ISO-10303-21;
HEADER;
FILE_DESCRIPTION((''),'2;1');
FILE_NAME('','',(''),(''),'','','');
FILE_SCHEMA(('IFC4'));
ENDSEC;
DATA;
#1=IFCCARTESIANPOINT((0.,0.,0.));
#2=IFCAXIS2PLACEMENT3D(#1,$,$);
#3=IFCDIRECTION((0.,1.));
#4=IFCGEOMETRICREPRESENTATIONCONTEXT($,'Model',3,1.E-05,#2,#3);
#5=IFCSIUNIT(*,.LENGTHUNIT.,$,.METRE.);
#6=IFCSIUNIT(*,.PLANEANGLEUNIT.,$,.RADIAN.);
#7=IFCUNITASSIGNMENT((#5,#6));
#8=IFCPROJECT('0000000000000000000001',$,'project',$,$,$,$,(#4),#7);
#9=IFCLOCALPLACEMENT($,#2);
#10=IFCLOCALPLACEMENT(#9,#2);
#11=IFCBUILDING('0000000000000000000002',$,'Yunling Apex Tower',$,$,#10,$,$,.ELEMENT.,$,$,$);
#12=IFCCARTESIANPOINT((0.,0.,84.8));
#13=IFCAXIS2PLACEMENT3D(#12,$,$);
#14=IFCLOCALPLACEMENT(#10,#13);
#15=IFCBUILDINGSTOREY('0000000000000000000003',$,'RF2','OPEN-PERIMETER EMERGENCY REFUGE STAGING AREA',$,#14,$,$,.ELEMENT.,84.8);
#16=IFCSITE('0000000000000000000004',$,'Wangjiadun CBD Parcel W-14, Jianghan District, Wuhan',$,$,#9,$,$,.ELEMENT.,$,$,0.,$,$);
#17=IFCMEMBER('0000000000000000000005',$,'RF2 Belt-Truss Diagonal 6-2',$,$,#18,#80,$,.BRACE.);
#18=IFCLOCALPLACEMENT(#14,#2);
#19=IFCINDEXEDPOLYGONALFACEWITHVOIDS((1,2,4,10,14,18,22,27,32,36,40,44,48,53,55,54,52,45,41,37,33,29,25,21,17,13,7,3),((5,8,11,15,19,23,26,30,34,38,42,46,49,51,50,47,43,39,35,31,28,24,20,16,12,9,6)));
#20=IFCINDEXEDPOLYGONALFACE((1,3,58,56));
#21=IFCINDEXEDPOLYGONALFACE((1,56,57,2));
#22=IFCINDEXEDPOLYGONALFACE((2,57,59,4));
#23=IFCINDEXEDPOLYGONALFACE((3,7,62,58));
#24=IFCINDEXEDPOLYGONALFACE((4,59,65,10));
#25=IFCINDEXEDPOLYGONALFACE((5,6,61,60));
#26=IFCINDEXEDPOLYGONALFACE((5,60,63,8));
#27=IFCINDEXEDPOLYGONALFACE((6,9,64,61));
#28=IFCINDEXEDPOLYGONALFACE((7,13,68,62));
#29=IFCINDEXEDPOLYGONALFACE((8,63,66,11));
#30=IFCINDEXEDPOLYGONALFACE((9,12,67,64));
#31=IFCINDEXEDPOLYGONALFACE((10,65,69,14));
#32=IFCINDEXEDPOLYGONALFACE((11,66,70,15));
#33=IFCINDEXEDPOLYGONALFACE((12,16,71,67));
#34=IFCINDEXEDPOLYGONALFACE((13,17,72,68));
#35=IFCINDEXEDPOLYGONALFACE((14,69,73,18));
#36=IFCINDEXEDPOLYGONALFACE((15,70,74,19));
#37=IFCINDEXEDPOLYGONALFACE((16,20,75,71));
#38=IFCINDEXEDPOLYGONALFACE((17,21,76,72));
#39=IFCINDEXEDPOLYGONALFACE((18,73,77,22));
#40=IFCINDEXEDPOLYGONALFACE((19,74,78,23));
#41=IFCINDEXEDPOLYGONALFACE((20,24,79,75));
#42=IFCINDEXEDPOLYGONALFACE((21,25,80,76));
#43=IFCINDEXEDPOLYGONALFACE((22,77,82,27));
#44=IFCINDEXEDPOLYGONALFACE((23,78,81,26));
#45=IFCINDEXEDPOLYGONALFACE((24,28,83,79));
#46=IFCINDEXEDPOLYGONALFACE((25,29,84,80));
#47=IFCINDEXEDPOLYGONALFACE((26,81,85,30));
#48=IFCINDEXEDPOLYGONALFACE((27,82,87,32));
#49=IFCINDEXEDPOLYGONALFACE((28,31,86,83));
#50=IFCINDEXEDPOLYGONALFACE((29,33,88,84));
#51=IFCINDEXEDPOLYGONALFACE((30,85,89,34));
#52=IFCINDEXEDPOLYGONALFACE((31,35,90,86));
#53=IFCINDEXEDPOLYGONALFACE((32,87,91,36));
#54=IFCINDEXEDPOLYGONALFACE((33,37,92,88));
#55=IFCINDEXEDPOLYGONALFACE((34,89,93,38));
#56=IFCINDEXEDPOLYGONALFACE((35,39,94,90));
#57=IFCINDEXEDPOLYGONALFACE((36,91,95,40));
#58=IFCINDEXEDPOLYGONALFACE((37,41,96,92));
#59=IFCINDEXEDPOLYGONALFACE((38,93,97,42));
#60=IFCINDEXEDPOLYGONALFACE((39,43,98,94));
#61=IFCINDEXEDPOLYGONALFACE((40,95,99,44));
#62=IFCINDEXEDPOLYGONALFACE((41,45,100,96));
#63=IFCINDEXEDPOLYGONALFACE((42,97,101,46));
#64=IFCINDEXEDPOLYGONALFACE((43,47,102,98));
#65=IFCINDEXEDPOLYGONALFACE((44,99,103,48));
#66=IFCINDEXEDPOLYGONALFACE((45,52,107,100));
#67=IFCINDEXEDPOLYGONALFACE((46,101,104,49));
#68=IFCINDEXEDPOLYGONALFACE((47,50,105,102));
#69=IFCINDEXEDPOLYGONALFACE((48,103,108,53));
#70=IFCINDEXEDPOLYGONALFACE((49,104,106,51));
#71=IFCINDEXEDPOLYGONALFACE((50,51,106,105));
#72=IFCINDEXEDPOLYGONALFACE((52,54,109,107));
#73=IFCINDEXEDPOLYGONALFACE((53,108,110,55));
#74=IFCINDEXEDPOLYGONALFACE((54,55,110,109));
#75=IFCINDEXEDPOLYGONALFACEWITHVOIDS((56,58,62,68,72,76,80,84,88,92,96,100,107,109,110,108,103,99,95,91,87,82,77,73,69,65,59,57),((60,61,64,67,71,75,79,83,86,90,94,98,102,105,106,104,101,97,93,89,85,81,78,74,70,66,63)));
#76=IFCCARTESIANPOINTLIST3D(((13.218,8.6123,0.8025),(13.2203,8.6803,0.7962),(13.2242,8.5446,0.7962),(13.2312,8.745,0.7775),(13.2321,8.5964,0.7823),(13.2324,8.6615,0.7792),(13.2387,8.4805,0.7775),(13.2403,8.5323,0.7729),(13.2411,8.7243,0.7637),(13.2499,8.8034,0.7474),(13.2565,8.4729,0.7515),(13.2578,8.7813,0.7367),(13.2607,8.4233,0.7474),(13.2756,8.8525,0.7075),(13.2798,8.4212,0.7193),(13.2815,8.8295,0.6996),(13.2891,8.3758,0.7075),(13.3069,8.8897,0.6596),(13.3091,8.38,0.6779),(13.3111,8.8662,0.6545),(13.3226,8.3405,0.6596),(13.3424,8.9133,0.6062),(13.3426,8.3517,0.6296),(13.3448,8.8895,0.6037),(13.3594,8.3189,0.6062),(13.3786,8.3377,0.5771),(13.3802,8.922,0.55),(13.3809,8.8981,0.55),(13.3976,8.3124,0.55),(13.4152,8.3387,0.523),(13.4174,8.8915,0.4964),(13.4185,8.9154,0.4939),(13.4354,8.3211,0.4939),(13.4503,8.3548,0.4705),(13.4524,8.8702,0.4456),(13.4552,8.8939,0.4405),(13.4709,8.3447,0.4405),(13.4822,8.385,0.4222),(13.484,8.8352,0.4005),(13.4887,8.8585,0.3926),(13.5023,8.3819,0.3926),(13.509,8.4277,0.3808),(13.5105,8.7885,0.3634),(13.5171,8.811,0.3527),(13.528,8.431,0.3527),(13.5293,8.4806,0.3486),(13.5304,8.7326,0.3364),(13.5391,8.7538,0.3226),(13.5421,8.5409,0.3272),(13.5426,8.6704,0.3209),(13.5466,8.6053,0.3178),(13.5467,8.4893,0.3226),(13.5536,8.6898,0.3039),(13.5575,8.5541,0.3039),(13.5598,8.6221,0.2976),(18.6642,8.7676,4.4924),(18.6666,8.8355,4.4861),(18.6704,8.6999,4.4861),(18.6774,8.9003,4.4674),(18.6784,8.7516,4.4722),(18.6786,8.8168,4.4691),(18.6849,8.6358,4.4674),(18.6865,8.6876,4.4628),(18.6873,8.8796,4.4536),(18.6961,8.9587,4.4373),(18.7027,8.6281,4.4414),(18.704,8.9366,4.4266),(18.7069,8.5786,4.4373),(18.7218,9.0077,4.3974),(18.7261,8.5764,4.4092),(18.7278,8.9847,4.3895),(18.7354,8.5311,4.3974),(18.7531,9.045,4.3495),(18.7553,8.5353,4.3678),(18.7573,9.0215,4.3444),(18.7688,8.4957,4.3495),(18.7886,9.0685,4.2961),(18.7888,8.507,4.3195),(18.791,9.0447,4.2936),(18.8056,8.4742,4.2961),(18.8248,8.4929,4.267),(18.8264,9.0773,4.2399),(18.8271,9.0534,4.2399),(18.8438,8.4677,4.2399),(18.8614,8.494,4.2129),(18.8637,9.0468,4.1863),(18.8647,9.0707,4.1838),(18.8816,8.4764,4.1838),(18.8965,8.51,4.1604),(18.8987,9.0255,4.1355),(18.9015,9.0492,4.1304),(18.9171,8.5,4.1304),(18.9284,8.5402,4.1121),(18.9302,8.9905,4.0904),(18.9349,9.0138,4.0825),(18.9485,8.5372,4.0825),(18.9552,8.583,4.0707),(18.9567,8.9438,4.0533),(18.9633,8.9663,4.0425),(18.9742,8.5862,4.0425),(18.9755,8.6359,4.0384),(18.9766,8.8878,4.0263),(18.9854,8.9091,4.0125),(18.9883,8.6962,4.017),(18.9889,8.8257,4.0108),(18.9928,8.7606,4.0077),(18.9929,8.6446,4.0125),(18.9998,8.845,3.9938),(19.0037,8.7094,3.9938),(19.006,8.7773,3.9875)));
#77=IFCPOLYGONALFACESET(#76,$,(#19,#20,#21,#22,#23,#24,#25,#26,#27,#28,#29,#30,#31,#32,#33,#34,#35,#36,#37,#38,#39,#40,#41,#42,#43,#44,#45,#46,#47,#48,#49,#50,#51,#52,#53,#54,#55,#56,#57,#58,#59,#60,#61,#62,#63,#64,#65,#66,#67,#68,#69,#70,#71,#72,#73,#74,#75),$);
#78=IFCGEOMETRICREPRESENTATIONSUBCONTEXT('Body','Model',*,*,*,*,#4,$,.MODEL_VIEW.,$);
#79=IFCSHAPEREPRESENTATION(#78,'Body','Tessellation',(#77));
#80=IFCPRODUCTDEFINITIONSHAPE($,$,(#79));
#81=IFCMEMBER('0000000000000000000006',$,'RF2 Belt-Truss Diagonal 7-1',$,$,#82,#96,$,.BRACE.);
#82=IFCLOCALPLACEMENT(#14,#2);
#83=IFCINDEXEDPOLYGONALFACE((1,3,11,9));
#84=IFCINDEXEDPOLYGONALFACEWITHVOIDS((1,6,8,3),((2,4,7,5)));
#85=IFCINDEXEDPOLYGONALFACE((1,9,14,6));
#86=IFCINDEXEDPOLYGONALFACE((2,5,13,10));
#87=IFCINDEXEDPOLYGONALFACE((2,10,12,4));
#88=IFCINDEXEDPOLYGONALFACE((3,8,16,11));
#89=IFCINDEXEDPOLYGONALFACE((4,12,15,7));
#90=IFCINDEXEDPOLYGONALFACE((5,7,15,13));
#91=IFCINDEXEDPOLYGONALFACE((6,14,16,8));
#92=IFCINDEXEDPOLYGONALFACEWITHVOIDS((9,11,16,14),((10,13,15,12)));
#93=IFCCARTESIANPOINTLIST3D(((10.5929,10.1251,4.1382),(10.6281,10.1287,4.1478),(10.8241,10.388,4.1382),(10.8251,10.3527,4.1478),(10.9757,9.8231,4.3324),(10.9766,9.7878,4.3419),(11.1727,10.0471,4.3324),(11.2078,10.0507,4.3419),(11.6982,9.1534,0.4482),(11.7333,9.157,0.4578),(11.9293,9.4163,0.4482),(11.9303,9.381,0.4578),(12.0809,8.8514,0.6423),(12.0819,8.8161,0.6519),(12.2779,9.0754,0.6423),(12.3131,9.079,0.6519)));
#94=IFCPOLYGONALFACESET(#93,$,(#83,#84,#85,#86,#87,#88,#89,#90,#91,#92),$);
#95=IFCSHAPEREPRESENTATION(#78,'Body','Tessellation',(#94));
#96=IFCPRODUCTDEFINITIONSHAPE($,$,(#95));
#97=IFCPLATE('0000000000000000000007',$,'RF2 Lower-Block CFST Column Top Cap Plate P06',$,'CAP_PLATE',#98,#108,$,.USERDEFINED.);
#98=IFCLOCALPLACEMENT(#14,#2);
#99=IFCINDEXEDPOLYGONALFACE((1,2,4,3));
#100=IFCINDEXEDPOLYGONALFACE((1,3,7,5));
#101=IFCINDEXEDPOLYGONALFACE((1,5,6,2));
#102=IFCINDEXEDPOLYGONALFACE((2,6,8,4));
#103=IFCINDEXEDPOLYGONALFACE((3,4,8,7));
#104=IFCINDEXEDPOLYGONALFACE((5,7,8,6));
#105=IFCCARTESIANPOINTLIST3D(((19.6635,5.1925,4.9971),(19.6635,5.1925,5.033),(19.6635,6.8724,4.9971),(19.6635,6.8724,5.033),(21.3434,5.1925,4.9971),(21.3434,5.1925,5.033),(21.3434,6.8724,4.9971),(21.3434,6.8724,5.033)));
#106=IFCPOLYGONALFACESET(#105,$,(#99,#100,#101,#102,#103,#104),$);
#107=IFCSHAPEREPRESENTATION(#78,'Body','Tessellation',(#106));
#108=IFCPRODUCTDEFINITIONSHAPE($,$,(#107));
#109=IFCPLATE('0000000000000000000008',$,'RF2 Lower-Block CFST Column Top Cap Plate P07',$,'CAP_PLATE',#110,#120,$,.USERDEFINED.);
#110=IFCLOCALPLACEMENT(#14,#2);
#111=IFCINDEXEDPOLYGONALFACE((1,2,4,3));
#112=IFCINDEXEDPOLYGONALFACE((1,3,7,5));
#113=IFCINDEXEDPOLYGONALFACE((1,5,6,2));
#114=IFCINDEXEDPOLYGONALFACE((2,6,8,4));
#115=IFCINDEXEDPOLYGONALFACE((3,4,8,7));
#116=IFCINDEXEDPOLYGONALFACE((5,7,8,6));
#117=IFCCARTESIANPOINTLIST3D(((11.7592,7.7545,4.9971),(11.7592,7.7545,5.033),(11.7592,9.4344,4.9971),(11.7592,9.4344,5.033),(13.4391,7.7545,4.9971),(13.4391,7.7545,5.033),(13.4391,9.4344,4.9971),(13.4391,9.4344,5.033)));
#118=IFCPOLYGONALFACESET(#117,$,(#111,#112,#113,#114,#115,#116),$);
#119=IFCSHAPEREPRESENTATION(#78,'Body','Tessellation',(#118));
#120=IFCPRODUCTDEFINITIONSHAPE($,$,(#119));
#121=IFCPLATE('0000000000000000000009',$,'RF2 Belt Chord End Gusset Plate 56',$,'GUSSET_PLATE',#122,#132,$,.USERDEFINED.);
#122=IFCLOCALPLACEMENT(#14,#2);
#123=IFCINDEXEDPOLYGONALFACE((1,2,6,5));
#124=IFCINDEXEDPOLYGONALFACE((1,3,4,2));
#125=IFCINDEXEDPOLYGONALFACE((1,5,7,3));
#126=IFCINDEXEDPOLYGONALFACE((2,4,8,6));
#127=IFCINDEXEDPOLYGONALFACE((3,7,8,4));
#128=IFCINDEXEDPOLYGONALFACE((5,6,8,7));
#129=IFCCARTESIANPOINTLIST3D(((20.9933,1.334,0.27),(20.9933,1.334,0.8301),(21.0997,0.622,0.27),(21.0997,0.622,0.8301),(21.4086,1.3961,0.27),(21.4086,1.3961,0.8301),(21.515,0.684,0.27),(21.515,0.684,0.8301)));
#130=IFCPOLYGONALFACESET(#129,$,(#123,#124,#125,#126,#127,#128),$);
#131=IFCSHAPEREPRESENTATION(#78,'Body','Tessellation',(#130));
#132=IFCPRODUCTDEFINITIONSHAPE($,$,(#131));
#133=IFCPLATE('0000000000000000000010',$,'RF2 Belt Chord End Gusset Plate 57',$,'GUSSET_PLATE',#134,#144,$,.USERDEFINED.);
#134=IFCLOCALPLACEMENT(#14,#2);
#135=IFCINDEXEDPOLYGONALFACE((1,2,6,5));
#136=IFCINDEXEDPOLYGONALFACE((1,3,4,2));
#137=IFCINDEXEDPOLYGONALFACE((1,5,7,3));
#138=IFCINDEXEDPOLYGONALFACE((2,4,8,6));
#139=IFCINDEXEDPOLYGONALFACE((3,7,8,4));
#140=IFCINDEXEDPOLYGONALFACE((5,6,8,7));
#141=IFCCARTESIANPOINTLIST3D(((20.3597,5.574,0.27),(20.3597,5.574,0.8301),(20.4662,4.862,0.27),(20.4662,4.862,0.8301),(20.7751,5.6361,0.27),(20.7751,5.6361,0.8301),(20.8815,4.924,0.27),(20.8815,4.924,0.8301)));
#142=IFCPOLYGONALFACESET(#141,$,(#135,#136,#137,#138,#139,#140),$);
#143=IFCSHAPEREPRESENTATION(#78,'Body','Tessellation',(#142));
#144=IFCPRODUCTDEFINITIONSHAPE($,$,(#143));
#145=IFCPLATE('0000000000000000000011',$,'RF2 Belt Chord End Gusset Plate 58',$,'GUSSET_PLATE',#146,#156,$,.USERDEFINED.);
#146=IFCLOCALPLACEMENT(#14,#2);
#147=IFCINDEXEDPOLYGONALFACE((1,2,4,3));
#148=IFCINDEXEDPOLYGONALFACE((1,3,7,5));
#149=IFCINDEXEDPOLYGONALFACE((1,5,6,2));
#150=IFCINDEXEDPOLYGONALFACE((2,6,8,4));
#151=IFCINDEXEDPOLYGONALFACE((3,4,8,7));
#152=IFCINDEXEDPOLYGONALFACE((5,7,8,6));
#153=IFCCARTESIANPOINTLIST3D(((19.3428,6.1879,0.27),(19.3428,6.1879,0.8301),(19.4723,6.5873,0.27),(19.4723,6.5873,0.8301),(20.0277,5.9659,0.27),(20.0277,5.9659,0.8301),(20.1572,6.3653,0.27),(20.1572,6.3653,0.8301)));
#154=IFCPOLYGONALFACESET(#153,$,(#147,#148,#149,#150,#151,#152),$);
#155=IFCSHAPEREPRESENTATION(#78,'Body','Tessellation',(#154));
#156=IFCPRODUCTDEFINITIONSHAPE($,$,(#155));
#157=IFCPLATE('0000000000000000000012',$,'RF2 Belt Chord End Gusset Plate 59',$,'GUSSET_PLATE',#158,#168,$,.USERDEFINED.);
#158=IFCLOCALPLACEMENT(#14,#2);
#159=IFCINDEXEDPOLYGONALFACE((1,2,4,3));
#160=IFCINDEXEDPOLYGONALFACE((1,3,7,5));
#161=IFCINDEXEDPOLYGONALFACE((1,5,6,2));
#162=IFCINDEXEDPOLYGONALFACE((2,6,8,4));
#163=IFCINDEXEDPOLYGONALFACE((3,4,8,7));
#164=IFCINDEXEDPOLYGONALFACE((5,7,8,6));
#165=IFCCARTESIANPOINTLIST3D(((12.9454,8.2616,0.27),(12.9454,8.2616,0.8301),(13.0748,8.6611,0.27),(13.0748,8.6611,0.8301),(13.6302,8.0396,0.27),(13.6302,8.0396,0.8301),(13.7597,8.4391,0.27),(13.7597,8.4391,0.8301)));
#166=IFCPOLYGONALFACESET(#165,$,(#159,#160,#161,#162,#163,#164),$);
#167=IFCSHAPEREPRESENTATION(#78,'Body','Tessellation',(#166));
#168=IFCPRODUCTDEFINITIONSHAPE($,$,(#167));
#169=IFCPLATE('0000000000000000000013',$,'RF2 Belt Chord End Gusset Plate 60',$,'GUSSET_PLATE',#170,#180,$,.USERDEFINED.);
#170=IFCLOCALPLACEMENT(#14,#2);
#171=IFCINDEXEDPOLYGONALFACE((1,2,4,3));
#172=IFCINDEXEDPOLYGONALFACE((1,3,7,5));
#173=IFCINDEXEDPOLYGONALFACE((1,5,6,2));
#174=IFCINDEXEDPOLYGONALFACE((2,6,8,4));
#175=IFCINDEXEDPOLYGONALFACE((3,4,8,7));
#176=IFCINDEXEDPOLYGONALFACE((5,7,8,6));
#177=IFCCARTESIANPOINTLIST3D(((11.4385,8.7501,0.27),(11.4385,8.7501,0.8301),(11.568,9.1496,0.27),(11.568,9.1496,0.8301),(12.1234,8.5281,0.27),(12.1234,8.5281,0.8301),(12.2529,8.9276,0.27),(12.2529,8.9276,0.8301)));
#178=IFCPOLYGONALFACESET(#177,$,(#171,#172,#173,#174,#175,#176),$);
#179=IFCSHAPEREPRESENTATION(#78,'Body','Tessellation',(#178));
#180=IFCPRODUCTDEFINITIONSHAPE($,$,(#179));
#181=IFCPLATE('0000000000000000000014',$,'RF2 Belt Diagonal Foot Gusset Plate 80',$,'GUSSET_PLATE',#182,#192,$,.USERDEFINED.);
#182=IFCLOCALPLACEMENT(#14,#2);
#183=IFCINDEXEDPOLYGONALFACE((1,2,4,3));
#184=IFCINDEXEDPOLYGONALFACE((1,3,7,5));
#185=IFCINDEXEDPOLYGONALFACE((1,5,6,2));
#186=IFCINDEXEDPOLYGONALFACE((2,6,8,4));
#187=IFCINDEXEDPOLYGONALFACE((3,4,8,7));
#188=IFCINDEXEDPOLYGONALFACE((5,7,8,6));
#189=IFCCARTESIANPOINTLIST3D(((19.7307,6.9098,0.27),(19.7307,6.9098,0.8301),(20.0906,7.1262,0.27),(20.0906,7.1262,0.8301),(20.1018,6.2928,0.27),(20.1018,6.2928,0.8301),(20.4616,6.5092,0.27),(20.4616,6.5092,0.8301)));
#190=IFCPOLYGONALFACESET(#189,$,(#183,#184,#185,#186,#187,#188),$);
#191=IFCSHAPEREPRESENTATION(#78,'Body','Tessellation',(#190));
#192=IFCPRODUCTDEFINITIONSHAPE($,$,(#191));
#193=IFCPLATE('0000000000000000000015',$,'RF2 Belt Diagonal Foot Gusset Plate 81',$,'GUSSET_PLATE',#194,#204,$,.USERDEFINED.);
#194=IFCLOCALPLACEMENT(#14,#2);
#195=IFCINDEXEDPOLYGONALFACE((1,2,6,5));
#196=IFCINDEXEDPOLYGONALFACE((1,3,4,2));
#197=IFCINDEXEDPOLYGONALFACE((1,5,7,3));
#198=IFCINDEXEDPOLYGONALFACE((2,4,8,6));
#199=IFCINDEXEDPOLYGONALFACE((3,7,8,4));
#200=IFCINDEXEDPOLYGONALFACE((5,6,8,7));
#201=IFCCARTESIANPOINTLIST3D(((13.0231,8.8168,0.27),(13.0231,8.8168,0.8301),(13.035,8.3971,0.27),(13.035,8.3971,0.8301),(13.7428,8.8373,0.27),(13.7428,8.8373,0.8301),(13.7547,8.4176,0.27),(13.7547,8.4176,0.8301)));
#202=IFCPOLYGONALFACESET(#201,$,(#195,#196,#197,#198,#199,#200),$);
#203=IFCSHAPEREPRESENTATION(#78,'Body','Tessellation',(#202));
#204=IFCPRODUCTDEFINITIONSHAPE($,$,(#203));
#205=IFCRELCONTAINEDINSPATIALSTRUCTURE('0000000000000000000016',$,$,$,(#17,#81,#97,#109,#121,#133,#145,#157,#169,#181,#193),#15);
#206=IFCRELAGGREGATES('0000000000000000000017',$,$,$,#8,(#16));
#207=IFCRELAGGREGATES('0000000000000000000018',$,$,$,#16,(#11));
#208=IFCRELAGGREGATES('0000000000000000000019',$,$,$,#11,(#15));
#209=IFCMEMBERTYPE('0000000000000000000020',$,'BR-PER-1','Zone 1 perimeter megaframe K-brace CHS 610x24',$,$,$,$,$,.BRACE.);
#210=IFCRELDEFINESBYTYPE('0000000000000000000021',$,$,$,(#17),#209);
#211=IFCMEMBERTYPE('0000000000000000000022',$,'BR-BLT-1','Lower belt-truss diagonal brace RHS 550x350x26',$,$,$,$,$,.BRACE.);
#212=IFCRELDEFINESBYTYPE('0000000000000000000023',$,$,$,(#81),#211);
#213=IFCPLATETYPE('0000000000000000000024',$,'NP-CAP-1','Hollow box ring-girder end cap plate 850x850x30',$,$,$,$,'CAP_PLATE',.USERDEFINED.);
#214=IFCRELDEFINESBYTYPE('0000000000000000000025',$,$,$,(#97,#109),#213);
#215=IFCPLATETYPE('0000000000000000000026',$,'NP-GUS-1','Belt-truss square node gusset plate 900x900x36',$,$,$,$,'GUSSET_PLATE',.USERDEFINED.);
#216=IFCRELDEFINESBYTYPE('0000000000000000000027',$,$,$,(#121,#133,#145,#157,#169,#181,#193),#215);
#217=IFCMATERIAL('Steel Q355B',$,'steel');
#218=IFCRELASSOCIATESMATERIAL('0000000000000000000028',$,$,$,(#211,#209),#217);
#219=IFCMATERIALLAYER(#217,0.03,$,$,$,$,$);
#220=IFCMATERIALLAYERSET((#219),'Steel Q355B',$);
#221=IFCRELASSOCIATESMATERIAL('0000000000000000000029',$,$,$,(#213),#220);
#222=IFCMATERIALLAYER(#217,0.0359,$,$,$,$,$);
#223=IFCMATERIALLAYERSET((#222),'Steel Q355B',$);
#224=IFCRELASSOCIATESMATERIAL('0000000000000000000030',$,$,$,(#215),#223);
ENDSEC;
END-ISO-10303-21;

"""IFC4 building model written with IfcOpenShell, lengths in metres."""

from ifc_helpers import new_model, si_unit, direction, frame, origin, origin_2d, place, context, subcontext, project, spatial, rectangle, hollow_rectangle, hollow_circle, extrude, source, transform, mapped, material, layer, layer_set, material_profile, profile_set, type_object, element, save


model = new_model("IFC4")

# Units and contexts
model_context = context("Model", 3, precision=1e-05, world=origin(), true_north=direction((0.0, 1.0)))
body_context = subcontext(model_context, "Body", "Model", "MODEL_VIEW")
ifc_project = project(units=[si_unit("LENGTHUNIT", "METRE"), si_unit("PLANEANGLEUNIT", "RADIAN")], contexts=[model_context])

# Site, building, storey
site_placement = place(None, origin())
site = spatial("IfcSite", under=ifc_project, at=site_placement, Name="Wangjiadun CBD Parcel W-14, Jianghan District, Wuhan", CompositionType="ELEMENT", RefElevation=0.0)
building_placement = place(site_placement, origin())
building = spatial("IfcBuilding", under=site, at=building_placement, Name="Yunling Apex Tower", CompositionType="ELEMENT")
storey_placement = place(building_placement, frame((0.0, 0.0, 84.8)))
storey = spatial("IfcBuildingStorey", under=building, at=storey_placement, Name="RF2", Description="OPEN-PERIMETER EMERGENCY REFUGE STAGING AREA", CompositionType="ELEMENT", Elevation=84.8)

# Members
ifc_material_1 = material(Name="Steel Q355B", Category="steel")
ifc_material_profile_1 = material_profile(ifc_material_1, hollow_rectangle(XDim=0.3501, YDim=0.55, WallThickness=0.0259, at=origin_2d()))
ifc_profile_set_1 = profile_set([ifc_material_profile_1], Name="Steel Q355B")
member_type_1 = type_object("IfcMemberType", Name="BR-BLT-1", Description="Lower belt-truss diagonal brace RHS 550x350x26", PredefinedType="BRACE", material=ifc_profile_set_1)
ifc_material_profile_2 = material_profile(ifc_material_1, hollow_circle(Radius=0.3049, WallThickness=0.0239, at=origin_2d()))
ifc_profile_set_2 = profile_set([ifc_material_profile_2], Name="Steel Q355B")
member_type_2 = type_object("IfcMemberType", Name="BR-PER-1", Description="Zone 1 perimeter megaframe K-brace CHS 610x24", PredefinedType="BRACE", material=ifc_profile_set_2)
shared_shape_1 = source(origin(), body_context, "Body", "SweptSolid", [
    extrude(hollow_circle(Radius=0.3049, WallThickness=0.0239, at=origin_2d()), origin(), (0.0, 0.0, 1.0), 6.5803),
])
member_1_placement = place(storey_placement, frame((13.3889, 8.6172, 0.55), z_axis=(0.827651, 0.023596, 0.560746), x_axis=(-0.028498, 0.999594, 0.0)))
element("IfcMember", 1, at=member_1_placement, inside=storey, type_object=member_type_2, Name="RF2 Belt-Truss Diagonal 6-2", PredefinedType="BRACE", context=body_context, shape_type="MappedRepresentation", body=[
    mapped(shared_shape_1, transform((0.0, 0.0, 0.0), scale=1.0)),
])
shared_shape_2 = source(origin(), body_context, "Body", "SweptSolid", [
    extrude(hollow_rectangle(XDim=0.3501, YDim=0.55, WallThickness=0.0259, at=origin_2d()), origin(), (0.0, 0.0, 1.0), 3.9727),
])
member_2_placement = place(storey_placement, frame((12.0056, 9.1162, 0.55), z_axis=(-0.278214, 0.244597, 0.928854), x_axis=(-0.660276, -0.751023, 0.0)))
element("IfcMember", 2, at=member_2_placement, inside=storey, type_object=member_type_1, Name="RF2 Belt-Truss Diagonal 7-1", PredefinedType="BRACE", context=body_context, shape_type="MappedRepresentation", body=[
    mapped(shared_shape_2, transform((0.0, 0.0, 0.0), scale=1.0)),
])

# Plates
ifc_layer_1 = layer(ifc_material_1, 0.03)
ifc_layer_set_1 = layer_set([ifc_layer_1], Name="Steel Q355B")
plate_type_1 = type_object("IfcPlateType", Name="NP-CAP-1", Description="Hollow box ring-girder end cap plate 850x850x30", ElementType="CAP_PLATE", PredefinedType="USERDEFINED", material=ifc_layer_set_1)
shared_shape_3 = source(origin(), body_context, "Body", "SweptSolid", [
    extrude(rectangle(XDim=1.6799, YDim=1.6799, at=origin_2d()), origin(), (0.0, 0.0, 1.0), 0.0359),
])
for number, where, z_axis, x_axis, name in (
    (3, (20.5034, 6.0325, 4.9971), (0.0, 0.0, 1.0), (1.0, 0.0, 0.0), "RF2 Lower-Block CFST Column Top Cap Plate P06"),
    (4, (12.5991, 8.5945, 4.9971), (0.0, 0.0, 1.0), (1.0, 0.0, 0.0), "RF2 Lower-Block CFST Column Top Cap Plate P07"),
):
    element("IfcPlate", number, at=place(storey_placement, frame(where, z_axis=z_axis, x_axis=x_axis)), inside=storey, type_object=plate_type_1, Name=name, ObjectType="CAP_PLATE", PredefinedType="USERDEFINED", context=body_context, shape_type="MappedRepresentation", body=[
        mapped(shared_shape_3, transform((0.0, 0.0, 0.0), scale=1.0)),
    ])
ifc_layer_2 = layer(ifc_material_1, 0.0359)
ifc_layer_set_2 = layer_set([ifc_layer_2], Name="Steel Q355B")
plate_type_2 = type_object("IfcPlateType", Name="NP-GUS-1", Description="Belt-truss square node gusset plate 900x900x36", ElementType="GUSSET_PLATE", PredefinedType="USERDEFINED", material=ifc_layer_set_2)
shared_shape_4 = source(origin(), body_context, "Body", "SweptSolid", [
    extrude(rectangle(XDim=0.72, YDim=0.4199, at=origin_2d()), origin(), (0.0, 0.0, 1.0), 0.5601),
])
for number, where, z_axis, x_axis, name in (
    (5, (21.2542, 1.009, 0.27), (0.0, 0.0, 1.0), (-0.147809, 0.989016, 0.0), "RF2 Belt Chord End Gusset Plate 56"),
    (6, (20.6206, 5.249, 0.27), (0.0, 0.0, 1.0), (-0.147809, 0.989016, 0.0), "RF2 Belt Chord End Gusset Plate 57"),
    (7, (19.75, 6.2766, 0.27), (0.0, 0.0, 1.0), (-0.951272, 0.308353, 0.0), "RF2 Belt Chord End Gusset Plate 58"),
    (8, (13.3525, 8.3503, 0.27), (0.0, 0.0, 1.0), (-0.951272, 0.308353, 0.0), "RF2 Belt Chord End Gusset Plate 59"),
    (9, (11.8457, 8.8389, 0.27), (0.0, 0.0, 1.0), (-0.951272, 0.308353, 0.0), "RF2 Belt Chord End Gusset Plate 60"),
    (10, (20.0962, 6.7095, 0.27), (0.0, 0.0, 1.0), (-0.515337, 0.856987, 0.0), "RF2 Belt Diagonal Foot Gusset Plate 80"),
    (11, (13.3889, 8.6172, 0.27), (0.0, 0.0, 1.0), (0.999595, 0.028445, 0.0), "RF2 Belt Diagonal Foot Gusset Plate 81"),
):
    element("IfcPlate", number, at=place(storey_placement, frame(where, z_axis=z_axis, x_axis=x_axis)), inside=storey, type_object=plate_type_2, Name=name, ObjectType="GUSSET_PLATE", PredefinedType="USERDEFINED", context=body_context, shape_type="MappedRepresentation", body=[
        mapped(shared_shape_4, transform((0.0, 0.0, 0.0), scale=1.0)),
    ])

save(model, "model.ifc")
